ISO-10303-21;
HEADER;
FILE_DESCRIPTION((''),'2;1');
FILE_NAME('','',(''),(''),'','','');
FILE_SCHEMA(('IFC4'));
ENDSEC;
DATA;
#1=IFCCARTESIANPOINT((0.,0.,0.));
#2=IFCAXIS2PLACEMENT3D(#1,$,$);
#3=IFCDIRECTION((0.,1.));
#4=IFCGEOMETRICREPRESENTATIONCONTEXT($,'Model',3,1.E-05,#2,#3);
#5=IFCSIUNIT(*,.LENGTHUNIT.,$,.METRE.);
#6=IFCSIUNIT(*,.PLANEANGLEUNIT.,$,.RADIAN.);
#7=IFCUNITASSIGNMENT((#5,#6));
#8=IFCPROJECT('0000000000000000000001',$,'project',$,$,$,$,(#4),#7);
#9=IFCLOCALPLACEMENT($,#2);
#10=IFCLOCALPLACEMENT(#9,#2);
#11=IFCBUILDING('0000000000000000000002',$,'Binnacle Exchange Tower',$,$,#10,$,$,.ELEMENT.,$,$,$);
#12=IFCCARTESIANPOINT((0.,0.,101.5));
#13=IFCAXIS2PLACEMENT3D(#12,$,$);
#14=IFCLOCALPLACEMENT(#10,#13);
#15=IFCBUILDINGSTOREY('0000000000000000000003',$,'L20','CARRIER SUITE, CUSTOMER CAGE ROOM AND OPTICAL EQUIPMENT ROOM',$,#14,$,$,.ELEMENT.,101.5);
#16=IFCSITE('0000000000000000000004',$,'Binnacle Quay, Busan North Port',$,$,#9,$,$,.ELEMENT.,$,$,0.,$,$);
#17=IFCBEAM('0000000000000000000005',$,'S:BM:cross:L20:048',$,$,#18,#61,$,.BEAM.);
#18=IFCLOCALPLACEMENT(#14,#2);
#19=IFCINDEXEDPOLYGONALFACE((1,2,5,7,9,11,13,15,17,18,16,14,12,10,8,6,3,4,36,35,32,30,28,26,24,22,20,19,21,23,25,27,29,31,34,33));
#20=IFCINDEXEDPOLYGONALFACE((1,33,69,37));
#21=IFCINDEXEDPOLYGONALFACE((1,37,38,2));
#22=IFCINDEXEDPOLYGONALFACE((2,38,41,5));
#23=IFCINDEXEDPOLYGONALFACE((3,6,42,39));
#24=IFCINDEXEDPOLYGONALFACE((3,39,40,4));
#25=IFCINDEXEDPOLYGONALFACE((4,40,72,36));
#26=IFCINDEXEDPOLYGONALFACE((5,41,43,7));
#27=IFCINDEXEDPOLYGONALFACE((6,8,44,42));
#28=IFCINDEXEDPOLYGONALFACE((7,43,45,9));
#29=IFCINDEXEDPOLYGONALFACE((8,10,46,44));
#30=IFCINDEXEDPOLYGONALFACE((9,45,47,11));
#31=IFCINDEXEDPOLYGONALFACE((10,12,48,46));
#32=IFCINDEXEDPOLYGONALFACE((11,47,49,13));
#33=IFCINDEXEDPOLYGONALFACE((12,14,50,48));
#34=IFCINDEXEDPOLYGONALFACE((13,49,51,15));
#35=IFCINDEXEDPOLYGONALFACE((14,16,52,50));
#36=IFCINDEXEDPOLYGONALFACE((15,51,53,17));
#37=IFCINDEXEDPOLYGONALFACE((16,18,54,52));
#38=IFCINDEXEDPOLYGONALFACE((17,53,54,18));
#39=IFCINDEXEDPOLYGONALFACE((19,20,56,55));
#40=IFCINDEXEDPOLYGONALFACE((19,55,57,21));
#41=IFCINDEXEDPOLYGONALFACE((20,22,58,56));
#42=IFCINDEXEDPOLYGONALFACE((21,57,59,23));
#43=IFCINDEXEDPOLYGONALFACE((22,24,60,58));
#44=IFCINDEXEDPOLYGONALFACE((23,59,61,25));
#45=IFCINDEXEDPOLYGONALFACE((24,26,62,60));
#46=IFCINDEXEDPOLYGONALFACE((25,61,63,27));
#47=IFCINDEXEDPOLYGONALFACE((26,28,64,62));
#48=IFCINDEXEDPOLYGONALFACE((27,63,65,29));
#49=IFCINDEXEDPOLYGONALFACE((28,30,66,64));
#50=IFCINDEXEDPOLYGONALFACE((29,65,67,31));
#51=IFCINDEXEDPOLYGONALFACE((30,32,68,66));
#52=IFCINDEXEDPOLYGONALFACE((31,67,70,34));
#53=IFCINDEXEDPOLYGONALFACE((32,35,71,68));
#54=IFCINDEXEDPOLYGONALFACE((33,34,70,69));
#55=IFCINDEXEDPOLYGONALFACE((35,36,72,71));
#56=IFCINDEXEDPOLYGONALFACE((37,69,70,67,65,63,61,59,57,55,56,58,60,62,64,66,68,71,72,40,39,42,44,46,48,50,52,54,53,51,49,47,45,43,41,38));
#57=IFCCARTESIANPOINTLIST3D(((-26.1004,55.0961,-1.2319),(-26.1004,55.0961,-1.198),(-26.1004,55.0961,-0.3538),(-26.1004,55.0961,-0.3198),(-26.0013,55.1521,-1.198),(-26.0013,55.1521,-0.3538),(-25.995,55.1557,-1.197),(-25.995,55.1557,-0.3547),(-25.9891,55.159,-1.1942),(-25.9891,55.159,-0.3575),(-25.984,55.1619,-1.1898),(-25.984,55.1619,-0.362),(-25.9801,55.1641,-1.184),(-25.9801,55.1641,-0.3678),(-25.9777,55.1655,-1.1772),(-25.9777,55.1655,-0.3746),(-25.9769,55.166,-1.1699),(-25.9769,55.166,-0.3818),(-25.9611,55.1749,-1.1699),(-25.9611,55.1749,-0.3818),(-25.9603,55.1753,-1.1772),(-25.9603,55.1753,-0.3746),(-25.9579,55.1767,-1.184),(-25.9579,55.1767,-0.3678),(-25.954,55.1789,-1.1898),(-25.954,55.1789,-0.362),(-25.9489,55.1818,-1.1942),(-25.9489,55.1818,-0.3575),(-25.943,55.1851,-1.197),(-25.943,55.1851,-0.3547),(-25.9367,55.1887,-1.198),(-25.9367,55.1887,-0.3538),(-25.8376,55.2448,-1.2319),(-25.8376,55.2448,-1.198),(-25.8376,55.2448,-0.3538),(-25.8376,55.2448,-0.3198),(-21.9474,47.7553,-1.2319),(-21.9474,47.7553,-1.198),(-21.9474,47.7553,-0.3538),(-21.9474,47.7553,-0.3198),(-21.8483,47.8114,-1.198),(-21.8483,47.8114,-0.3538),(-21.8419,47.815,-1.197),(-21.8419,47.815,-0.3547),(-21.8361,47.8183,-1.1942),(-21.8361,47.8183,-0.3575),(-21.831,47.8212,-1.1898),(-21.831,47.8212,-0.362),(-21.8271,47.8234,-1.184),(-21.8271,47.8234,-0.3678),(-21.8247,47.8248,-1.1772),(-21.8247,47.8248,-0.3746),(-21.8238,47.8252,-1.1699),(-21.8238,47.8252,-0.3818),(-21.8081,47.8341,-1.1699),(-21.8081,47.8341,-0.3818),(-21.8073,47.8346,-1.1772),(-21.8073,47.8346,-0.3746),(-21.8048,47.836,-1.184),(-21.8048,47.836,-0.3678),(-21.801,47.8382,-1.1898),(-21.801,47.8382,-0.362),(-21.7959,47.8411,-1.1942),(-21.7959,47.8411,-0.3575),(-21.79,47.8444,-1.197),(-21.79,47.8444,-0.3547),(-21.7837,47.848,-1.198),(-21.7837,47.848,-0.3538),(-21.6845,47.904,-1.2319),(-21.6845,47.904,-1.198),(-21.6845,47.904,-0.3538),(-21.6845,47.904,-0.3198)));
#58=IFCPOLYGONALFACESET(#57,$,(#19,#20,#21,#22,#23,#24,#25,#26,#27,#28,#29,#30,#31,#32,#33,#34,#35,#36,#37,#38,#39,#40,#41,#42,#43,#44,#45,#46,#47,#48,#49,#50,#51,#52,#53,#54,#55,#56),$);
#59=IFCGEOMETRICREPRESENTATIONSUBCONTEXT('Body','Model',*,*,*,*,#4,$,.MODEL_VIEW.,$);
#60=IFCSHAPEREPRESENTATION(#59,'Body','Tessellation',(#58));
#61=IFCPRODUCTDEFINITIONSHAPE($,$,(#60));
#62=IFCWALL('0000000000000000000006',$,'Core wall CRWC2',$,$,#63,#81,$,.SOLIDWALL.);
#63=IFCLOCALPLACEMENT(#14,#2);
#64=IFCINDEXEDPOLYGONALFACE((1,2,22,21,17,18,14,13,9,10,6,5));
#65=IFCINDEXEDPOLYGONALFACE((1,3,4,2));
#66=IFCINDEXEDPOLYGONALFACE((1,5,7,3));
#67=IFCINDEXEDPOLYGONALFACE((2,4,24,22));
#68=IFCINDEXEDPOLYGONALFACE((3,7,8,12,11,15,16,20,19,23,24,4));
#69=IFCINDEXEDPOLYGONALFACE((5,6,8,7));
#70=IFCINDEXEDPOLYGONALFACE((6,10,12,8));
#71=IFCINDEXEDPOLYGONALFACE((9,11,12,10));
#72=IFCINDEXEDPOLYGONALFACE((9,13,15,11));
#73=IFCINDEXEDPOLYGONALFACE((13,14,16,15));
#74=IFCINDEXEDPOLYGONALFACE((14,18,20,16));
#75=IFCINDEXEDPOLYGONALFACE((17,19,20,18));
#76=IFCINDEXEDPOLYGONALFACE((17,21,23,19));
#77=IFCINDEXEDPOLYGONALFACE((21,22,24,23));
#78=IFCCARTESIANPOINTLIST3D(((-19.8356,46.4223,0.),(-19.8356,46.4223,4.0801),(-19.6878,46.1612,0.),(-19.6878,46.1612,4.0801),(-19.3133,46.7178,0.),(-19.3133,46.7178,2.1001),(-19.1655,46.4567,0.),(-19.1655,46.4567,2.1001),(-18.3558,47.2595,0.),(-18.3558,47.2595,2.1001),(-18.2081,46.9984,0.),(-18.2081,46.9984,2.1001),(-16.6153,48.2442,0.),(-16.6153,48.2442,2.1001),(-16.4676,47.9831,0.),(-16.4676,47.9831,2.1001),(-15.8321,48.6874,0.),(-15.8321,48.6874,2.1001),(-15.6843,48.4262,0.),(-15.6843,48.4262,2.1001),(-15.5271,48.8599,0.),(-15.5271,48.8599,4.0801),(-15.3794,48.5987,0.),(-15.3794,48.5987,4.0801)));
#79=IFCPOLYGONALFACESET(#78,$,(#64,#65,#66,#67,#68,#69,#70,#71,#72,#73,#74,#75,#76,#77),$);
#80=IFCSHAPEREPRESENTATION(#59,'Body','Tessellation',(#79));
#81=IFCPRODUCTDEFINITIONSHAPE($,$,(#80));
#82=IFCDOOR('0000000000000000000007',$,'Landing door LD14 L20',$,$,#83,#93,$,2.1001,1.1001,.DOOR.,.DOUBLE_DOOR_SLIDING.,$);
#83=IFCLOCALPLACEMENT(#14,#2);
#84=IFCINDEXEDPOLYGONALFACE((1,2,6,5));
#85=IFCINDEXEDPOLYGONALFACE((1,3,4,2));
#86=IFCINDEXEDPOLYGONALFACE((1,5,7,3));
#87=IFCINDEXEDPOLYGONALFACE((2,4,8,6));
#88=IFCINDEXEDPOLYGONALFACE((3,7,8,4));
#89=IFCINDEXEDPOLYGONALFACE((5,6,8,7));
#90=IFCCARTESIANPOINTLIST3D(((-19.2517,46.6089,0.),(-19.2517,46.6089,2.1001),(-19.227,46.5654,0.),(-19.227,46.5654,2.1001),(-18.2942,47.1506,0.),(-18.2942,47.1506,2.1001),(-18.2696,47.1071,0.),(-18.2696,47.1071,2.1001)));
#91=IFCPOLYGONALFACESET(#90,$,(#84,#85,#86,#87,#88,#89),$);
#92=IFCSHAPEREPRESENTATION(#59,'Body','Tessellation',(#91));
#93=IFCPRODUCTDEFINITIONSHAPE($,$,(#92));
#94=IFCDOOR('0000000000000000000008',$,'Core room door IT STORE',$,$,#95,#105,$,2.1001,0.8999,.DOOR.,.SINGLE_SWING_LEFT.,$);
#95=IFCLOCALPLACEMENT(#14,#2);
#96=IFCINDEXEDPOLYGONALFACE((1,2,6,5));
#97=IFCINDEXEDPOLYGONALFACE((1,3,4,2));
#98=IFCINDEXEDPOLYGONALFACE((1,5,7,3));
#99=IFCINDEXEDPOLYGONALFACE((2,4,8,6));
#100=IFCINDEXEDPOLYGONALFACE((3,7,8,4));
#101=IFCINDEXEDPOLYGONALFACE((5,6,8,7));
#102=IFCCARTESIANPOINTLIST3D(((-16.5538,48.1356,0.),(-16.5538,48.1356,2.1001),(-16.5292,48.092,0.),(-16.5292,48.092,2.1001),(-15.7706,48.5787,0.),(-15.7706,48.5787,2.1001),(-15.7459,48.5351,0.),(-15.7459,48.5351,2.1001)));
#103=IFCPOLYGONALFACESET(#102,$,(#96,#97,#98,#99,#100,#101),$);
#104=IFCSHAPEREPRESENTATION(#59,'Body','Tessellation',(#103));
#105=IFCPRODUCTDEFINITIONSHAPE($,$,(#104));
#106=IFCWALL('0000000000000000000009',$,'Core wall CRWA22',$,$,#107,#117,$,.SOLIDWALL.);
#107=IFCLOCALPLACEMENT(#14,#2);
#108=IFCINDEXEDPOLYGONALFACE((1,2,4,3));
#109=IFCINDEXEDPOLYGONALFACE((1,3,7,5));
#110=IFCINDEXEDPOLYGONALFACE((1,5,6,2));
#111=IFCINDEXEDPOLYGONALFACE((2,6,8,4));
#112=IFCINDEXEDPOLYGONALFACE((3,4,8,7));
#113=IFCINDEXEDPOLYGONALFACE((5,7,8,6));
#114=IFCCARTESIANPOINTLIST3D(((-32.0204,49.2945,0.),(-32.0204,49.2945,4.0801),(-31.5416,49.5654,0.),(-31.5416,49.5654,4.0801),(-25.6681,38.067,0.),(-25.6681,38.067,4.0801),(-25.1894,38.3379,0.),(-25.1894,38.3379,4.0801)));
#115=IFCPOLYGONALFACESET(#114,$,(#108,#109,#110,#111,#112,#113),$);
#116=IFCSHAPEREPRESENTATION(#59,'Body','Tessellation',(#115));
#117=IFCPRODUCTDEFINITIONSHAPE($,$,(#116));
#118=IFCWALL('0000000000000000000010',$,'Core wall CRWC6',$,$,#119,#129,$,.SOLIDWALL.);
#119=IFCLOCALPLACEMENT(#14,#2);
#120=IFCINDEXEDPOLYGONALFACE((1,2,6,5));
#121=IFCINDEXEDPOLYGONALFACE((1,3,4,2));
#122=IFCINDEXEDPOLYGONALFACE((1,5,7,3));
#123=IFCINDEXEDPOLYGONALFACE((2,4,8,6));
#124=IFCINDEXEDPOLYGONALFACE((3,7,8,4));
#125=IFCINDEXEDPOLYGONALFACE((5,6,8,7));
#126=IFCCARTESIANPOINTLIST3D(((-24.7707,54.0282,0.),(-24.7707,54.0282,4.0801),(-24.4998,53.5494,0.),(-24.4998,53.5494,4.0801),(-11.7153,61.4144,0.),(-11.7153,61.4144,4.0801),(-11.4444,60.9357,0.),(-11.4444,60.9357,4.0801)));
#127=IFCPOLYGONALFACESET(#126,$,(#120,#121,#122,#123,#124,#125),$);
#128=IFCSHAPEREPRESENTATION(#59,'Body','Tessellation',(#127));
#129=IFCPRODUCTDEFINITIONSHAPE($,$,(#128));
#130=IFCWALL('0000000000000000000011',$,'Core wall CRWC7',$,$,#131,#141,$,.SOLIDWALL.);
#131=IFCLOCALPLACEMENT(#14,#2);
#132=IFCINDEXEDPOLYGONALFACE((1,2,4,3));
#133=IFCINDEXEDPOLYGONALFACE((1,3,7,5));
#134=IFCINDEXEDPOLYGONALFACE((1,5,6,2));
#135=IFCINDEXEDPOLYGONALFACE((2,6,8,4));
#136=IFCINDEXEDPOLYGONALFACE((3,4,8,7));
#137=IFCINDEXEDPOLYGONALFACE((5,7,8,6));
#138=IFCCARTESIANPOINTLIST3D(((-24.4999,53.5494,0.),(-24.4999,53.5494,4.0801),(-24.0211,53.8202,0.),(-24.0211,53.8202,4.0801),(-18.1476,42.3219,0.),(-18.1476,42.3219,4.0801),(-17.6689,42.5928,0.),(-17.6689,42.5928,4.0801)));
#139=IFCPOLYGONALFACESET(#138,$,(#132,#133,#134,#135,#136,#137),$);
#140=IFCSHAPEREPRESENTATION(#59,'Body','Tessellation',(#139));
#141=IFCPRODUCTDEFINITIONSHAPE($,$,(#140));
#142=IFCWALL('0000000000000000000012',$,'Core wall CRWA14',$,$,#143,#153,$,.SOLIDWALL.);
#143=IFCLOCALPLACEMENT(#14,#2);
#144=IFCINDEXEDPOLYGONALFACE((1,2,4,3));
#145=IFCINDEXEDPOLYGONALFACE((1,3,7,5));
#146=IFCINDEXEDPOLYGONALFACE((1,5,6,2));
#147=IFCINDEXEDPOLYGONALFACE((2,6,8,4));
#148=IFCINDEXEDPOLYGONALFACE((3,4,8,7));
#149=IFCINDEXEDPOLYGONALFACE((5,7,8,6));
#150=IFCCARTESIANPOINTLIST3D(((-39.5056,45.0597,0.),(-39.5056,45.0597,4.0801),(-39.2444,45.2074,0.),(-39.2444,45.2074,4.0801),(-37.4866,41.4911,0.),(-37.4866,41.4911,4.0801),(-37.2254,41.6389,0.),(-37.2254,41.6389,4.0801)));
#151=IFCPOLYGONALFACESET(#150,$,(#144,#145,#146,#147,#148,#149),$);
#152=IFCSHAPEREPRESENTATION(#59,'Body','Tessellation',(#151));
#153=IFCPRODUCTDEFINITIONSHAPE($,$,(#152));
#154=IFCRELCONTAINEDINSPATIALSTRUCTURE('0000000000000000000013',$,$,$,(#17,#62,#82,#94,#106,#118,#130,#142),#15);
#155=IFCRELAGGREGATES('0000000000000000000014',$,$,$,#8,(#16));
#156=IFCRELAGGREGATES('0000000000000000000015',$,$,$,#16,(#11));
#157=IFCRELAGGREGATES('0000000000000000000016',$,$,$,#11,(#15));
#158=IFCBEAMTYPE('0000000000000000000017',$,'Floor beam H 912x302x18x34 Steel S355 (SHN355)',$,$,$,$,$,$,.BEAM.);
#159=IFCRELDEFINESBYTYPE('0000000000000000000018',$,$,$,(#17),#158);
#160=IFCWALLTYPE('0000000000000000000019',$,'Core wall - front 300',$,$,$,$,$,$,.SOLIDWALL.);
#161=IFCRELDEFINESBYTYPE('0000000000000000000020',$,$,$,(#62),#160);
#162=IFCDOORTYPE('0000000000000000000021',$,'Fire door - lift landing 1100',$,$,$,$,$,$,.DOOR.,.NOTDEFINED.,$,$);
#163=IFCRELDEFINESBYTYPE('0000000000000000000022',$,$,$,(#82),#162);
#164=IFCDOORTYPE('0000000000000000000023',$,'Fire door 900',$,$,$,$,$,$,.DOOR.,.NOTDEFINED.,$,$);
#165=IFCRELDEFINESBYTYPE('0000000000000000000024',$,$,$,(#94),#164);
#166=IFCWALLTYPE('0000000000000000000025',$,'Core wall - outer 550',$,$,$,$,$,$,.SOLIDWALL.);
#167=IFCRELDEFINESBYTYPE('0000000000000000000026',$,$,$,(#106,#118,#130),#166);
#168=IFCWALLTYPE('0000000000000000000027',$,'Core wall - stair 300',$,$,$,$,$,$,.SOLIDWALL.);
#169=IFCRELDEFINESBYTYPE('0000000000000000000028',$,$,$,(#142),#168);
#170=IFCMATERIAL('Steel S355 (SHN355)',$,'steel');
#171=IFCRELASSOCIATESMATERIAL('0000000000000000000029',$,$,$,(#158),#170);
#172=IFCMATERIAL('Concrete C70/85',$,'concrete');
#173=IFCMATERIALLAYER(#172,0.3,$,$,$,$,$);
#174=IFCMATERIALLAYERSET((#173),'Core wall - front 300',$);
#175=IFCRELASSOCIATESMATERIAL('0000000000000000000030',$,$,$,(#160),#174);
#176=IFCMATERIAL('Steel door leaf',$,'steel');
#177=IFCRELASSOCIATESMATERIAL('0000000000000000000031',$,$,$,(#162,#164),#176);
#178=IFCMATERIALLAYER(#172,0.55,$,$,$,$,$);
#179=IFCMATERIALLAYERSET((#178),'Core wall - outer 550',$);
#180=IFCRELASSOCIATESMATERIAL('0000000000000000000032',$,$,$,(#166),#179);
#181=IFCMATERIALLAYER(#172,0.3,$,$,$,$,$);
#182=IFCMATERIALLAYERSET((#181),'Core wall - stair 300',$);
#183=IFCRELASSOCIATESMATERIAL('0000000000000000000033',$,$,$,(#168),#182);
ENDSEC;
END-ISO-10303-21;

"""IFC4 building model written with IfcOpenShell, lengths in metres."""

from ifc_helpers import new_model, si_unit, direction, frame, frame_2d, origin, origin_2d, place, context, subcontext, project, spatial, rectangle, i_section, extrude, material, layer, layer_set, material_profile, profile_set, type_object, element, fill, save


model = new_model("IFC4")

# Units and contexts
model_context = context("Model", 3, precision=1e-05, world=origin(), true_north=direction((0.0, 1.0)))
body_context = subcontext(model_context, "Body", "Model", "MODEL_VIEW")
ifc_project = project(units=[si_unit("LENGTHUNIT", "METRE"), si_unit("PLANEANGLEUNIT", "RADIAN")], contexts=[model_context])

# Site, building, storey
site_placement = place(None, origin())
site = spatial("IfcSite", under=ifc_project, at=site_placement, Name="Binnacle Quay, Busan North Port", CompositionType="ELEMENT", RefElevation=0.0)
building_placement = place(site_placement, origin())
building = spatial("IfcBuilding", under=site, at=building_placement, Name="Binnacle Exchange Tower", CompositionType="ELEMENT")
storey_placement = place(building_placement, frame((0.0, 0.0, 101.5)))
storey = spatial("IfcBuildingStorey", under=building, at=storey_placement, Name="L20", Description="CARRIER SUITE, CUSTOMER CAGE ROOM AND OPTICAL EQUIPMENT ROOM", CompositionType="ELEMENT", Elevation=101.5)

# Shared definitions
ifc_material_1 = material(Name="Concrete C70/85", Category="concrete")

# Beam
ifc_material_2 = material(Name="Steel S355 (SHN355)", Category="steel")
ifc_material_profile_1 = material_profile(ifc_material_2, i_section(OverallWidth=0.302, OverallDepth=0.9121, WebThickness=0.0181, FlangeThickness=0.0339, FilletRadius=0.0281, at=origin_2d()), Name="H 912x302x18x34")
ifc_profile_set_1 = profile_set([ifc_material_profile_1], Name="Steel S355 (SHN355)")
beam_type_1 = type_object("IfcBeamType", Name="Floor beam H 912x302x18x34 Steel S355 (SHN355)", PredefinedType="BEAM", material=ifc_profile_set_1)
beam_1_placement = place(storey_placement, frame((-25.969, 55.1704, -0.7759), z_axis=(0.492409, -0.870364, 0.0), x_axis=(0.870364, 0.492409, 0.0)))
element("IfcBeam", 1, at=beam_1_placement, inside=storey, type_object=beam_type_1, Name="S:BM:cross:L20:048", PredefinedType="BEAM", context=body_context, shape_type="SweptSolid", body=[
    extrude(i_section(OverallWidth=0.302, OverallDepth=0.9121, WebThickness=0.0181, FlangeThickness=0.0339, FilletRadius=0.0281, at=origin_2d()), origin(), (0.0, 0.0, 1.0), 8.4341),
])

# Wall, openings, doors
ifc_layer_1 = layer(ifc_material_1, 0.3)
ifc_layer_set_1 = layer_set([ifc_layer_1], Name="Core wall - front 300")
wall_type_1 = type_object("IfcWallType", Name="Core wall - front 300", PredefinedType="SOLIDWALL", material=ifc_layer_set_1)
wall_1_placement = place(storey_placement, frame((-19.7617, 46.2917, 0.0), z_axis=(0.0, 0.0, 1.0), x_axis=(0.87036, 0.492416, 0.0)))
wall_1 = element("IfcWall", 2, at=wall_1_placement, inside=storey, type_object=wall_type_1, Name="Core wall CRWC2", PredefinedType="SOLIDWALL", context=body_context, shape_type="SweptSolid", body=[
    extrude(rectangle(XDim=4.9502, YDim=0.3, at=frame_2d((2.4751, 0.0))), origin(), (0.0, 0.0, 1.0), 4.0801),
])
opening_1_placement = place(wall_1_placement, frame((0.6001, 0.0, 0.0)))
opening_1 = element("IfcOpeningElement", 3, at=opening_1_placement, cuts=wall_1, PredefinedType="OPENING", context=body_context, shape_type="SweptSolid", body=[
    extrude(rectangle(XDim=1.1001, YDim=2.1001, at=frame_2d((0.55, 1.05))), frame((0.0, 0.1599, 0.0), z_axis=(0.0, -1.0, 0.0), x_axis=(1.0, 0.0, 0.0)), (0.0, 0.0, 1.0), 0.3201),
])
opening_2_placement = place(wall_1_placement, frame((3.7, 0.0, 0.0)))
opening_2 = element("IfcOpeningElement", 4, at=opening_2_placement, cuts=wall_1, PredefinedType="OPENING", context=body_context, shape_type="SweptSolid", body=[
    extrude(rectangle(XDim=0.8999, YDim=2.1001, at=frame_2d((0.45, 1.05))), frame((0.0, 0.1599, 0.0), z_axis=(0.0, -1.0, 0.0), x_axis=(1.0, 0.0, 0.0)), (0.0, 0.0, 1.0), 0.3201),
])
ifc_material_3 = material(Name="Steel door leaf", Category="steel")
door_type_1 = type_object("IfcDoorType", Name="Fire door - lift landing 1100", OperationType="NOTDEFINED", PredefinedType="DOOR", material=ifc_material_3)
door_1_placement = place(opening_1_placement, origin())
door_1 = element("IfcDoor", 5, at=door_1_placement, inside=storey, type_object=door_type_1, Name="Landing door LD14 L20", OperationType="DOUBLE_DOOR_SLIDING", OverallHeight=2.1001, OverallWidth=1.1001, PredefinedType="DOOR", context=body_context, shape_type="SweptSolid", body=[
    extrude(rectangle(XDim=1.1001, YDim=2.1001, at=frame_2d((0.55, 1.05))), frame((0.0, 0.0249, 0.0), z_axis=(0.0, -1.0, 0.0), x_axis=(1.0, 0.0, 0.0)), (0.0, 0.0, 1.0), 0.05),
])
fill(opening_1, door_1)
door_type_2 = type_object("IfcDoorType", Name="Fire door 900", OperationType="NOTDEFINED", PredefinedType="DOOR", material=ifc_material_3)
door_2_placement = place(opening_2_placement, frame((0.8999, 0.0, 0.0), z_axis=(0.0, 0.0, 1.0), x_axis=(-1.0, 0.0, 0.0)))
door_2 = element("IfcDoor", 6, at=door_2_placement, inside=storey, type_object=door_type_2, Name="Core room door IT STORE", OperationType="SINGLE_SWING_LEFT", OverallHeight=2.1001, OverallWidth=0.8999, PredefinedType="DOOR", context=body_context, shape_type="SweptSolid", body=[
    extrude(rectangle(XDim=0.8999, YDim=2.1001, at=frame_2d((0.45, 1.05))), frame((0.0, 0.0249, 0.0), z_axis=(0.0, -1.0, 0.0), x_axis=(1.0, 0.0, 0.0)), (0.0, 0.0, 1.0), 0.05),
])
fill(opening_2, door_2)

# Walls
ifc_layer_2 = layer(ifc_material_1, 0.55)
ifc_layer_set_2 = layer_set([ifc_layer_2], Name="Core wall - outer 550")
wall_type_2 = type_object("IfcWallType", Name="Core wall - outer 550", PredefinedType="SOLIDWALL", material=ifc_layer_set_2)
wall_2_placement = place(storey_placement, frame((-31.781, 49.4299, 0.0), z_axis=(0.0, 0.0, 1.0), x_axis=(0.492427, -0.870354, 0.0)))
element("IfcWall", 7, at=wall_2_placement, inside=storey, type_object=wall_type_2, Name="Core wall CRWA22", PredefinedType="SOLIDWALL", context=body_context, shape_type="SweptSolid", body=[
    extrude(rectangle(XDim=12.8999, YDim=0.55, at=frame_2d((6.45, 0.0))), origin(), (0.0, 0.0, 1.0), 4.0801),
])
wall_3_placement = place(storey_placement, frame((-24.6353, 53.7888, 0.0), z_axis=(0.0, 0.0, 1.0), x_axis=(0.870361, 0.492415, 0.0)))
element("IfcWall", 8, at=wall_3_placement, inside=storey, type_object=wall_type_2, Name="Core wall CRWC6", PredefinedType="SOLIDWALL", context=body_context, shape_type="SweptSolid", body=[
    extrude(rectangle(XDim=15.0, YDim=0.55, at=frame_2d((7.5, 0.0))), origin(), (0.0, 0.0, 1.0), 4.0801),
])
wall_4_placement = place(storey_placement, frame((-24.2605, 53.6848, 0.0), z_axis=(0.0, 0.0, 1.0), x_axis=(0.492427, -0.870354, 0.0)))
element("IfcWall", 9, at=wall_4_placement, inside=storey, type_object=wall_type_2, Name="Core wall CRWC7", PredefinedType="SOLIDWALL", context=body_context, shape_type="SweptSolid", body=[
    extrude(rectangle(XDim=12.8999, YDim=0.55, at=frame_2d((6.45, 0.0))), origin(), (0.0, 0.0, 1.0), 4.0801),
])
ifc_layer_3 = layer(ifc_material_1, 0.3)
ifc_layer_set_3 = layer_set([ifc_layer_3], Name="Core wall - stair 300")
wall_type_3 = type_object("IfcWallType", Name="Core wall - stair 300", PredefinedType="SOLIDWALL", material=ifc_layer_set_3)
wall_5_placement = place(storey_placement, frame((-39.375, 45.1335, 0.0), z_axis=(0.0, 0.0, 1.0), x_axis=(0.492428, -0.870353, 0.0)))
element("IfcWall", 10, at=wall_5_placement, inside=storey, type_object=wall_type_3, Name="Core wall CRWA14", PredefinedType="SOLIDWALL", context=body_context, shape_type="SweptSolid", body=[
    extrude(rectangle(XDim=4.1001, YDim=0.3, at=frame_2d((2.05, 0.0))), origin(), (0.0, 0.0, 1.0), 4.0801),
])

save(model, "model.ifc")
